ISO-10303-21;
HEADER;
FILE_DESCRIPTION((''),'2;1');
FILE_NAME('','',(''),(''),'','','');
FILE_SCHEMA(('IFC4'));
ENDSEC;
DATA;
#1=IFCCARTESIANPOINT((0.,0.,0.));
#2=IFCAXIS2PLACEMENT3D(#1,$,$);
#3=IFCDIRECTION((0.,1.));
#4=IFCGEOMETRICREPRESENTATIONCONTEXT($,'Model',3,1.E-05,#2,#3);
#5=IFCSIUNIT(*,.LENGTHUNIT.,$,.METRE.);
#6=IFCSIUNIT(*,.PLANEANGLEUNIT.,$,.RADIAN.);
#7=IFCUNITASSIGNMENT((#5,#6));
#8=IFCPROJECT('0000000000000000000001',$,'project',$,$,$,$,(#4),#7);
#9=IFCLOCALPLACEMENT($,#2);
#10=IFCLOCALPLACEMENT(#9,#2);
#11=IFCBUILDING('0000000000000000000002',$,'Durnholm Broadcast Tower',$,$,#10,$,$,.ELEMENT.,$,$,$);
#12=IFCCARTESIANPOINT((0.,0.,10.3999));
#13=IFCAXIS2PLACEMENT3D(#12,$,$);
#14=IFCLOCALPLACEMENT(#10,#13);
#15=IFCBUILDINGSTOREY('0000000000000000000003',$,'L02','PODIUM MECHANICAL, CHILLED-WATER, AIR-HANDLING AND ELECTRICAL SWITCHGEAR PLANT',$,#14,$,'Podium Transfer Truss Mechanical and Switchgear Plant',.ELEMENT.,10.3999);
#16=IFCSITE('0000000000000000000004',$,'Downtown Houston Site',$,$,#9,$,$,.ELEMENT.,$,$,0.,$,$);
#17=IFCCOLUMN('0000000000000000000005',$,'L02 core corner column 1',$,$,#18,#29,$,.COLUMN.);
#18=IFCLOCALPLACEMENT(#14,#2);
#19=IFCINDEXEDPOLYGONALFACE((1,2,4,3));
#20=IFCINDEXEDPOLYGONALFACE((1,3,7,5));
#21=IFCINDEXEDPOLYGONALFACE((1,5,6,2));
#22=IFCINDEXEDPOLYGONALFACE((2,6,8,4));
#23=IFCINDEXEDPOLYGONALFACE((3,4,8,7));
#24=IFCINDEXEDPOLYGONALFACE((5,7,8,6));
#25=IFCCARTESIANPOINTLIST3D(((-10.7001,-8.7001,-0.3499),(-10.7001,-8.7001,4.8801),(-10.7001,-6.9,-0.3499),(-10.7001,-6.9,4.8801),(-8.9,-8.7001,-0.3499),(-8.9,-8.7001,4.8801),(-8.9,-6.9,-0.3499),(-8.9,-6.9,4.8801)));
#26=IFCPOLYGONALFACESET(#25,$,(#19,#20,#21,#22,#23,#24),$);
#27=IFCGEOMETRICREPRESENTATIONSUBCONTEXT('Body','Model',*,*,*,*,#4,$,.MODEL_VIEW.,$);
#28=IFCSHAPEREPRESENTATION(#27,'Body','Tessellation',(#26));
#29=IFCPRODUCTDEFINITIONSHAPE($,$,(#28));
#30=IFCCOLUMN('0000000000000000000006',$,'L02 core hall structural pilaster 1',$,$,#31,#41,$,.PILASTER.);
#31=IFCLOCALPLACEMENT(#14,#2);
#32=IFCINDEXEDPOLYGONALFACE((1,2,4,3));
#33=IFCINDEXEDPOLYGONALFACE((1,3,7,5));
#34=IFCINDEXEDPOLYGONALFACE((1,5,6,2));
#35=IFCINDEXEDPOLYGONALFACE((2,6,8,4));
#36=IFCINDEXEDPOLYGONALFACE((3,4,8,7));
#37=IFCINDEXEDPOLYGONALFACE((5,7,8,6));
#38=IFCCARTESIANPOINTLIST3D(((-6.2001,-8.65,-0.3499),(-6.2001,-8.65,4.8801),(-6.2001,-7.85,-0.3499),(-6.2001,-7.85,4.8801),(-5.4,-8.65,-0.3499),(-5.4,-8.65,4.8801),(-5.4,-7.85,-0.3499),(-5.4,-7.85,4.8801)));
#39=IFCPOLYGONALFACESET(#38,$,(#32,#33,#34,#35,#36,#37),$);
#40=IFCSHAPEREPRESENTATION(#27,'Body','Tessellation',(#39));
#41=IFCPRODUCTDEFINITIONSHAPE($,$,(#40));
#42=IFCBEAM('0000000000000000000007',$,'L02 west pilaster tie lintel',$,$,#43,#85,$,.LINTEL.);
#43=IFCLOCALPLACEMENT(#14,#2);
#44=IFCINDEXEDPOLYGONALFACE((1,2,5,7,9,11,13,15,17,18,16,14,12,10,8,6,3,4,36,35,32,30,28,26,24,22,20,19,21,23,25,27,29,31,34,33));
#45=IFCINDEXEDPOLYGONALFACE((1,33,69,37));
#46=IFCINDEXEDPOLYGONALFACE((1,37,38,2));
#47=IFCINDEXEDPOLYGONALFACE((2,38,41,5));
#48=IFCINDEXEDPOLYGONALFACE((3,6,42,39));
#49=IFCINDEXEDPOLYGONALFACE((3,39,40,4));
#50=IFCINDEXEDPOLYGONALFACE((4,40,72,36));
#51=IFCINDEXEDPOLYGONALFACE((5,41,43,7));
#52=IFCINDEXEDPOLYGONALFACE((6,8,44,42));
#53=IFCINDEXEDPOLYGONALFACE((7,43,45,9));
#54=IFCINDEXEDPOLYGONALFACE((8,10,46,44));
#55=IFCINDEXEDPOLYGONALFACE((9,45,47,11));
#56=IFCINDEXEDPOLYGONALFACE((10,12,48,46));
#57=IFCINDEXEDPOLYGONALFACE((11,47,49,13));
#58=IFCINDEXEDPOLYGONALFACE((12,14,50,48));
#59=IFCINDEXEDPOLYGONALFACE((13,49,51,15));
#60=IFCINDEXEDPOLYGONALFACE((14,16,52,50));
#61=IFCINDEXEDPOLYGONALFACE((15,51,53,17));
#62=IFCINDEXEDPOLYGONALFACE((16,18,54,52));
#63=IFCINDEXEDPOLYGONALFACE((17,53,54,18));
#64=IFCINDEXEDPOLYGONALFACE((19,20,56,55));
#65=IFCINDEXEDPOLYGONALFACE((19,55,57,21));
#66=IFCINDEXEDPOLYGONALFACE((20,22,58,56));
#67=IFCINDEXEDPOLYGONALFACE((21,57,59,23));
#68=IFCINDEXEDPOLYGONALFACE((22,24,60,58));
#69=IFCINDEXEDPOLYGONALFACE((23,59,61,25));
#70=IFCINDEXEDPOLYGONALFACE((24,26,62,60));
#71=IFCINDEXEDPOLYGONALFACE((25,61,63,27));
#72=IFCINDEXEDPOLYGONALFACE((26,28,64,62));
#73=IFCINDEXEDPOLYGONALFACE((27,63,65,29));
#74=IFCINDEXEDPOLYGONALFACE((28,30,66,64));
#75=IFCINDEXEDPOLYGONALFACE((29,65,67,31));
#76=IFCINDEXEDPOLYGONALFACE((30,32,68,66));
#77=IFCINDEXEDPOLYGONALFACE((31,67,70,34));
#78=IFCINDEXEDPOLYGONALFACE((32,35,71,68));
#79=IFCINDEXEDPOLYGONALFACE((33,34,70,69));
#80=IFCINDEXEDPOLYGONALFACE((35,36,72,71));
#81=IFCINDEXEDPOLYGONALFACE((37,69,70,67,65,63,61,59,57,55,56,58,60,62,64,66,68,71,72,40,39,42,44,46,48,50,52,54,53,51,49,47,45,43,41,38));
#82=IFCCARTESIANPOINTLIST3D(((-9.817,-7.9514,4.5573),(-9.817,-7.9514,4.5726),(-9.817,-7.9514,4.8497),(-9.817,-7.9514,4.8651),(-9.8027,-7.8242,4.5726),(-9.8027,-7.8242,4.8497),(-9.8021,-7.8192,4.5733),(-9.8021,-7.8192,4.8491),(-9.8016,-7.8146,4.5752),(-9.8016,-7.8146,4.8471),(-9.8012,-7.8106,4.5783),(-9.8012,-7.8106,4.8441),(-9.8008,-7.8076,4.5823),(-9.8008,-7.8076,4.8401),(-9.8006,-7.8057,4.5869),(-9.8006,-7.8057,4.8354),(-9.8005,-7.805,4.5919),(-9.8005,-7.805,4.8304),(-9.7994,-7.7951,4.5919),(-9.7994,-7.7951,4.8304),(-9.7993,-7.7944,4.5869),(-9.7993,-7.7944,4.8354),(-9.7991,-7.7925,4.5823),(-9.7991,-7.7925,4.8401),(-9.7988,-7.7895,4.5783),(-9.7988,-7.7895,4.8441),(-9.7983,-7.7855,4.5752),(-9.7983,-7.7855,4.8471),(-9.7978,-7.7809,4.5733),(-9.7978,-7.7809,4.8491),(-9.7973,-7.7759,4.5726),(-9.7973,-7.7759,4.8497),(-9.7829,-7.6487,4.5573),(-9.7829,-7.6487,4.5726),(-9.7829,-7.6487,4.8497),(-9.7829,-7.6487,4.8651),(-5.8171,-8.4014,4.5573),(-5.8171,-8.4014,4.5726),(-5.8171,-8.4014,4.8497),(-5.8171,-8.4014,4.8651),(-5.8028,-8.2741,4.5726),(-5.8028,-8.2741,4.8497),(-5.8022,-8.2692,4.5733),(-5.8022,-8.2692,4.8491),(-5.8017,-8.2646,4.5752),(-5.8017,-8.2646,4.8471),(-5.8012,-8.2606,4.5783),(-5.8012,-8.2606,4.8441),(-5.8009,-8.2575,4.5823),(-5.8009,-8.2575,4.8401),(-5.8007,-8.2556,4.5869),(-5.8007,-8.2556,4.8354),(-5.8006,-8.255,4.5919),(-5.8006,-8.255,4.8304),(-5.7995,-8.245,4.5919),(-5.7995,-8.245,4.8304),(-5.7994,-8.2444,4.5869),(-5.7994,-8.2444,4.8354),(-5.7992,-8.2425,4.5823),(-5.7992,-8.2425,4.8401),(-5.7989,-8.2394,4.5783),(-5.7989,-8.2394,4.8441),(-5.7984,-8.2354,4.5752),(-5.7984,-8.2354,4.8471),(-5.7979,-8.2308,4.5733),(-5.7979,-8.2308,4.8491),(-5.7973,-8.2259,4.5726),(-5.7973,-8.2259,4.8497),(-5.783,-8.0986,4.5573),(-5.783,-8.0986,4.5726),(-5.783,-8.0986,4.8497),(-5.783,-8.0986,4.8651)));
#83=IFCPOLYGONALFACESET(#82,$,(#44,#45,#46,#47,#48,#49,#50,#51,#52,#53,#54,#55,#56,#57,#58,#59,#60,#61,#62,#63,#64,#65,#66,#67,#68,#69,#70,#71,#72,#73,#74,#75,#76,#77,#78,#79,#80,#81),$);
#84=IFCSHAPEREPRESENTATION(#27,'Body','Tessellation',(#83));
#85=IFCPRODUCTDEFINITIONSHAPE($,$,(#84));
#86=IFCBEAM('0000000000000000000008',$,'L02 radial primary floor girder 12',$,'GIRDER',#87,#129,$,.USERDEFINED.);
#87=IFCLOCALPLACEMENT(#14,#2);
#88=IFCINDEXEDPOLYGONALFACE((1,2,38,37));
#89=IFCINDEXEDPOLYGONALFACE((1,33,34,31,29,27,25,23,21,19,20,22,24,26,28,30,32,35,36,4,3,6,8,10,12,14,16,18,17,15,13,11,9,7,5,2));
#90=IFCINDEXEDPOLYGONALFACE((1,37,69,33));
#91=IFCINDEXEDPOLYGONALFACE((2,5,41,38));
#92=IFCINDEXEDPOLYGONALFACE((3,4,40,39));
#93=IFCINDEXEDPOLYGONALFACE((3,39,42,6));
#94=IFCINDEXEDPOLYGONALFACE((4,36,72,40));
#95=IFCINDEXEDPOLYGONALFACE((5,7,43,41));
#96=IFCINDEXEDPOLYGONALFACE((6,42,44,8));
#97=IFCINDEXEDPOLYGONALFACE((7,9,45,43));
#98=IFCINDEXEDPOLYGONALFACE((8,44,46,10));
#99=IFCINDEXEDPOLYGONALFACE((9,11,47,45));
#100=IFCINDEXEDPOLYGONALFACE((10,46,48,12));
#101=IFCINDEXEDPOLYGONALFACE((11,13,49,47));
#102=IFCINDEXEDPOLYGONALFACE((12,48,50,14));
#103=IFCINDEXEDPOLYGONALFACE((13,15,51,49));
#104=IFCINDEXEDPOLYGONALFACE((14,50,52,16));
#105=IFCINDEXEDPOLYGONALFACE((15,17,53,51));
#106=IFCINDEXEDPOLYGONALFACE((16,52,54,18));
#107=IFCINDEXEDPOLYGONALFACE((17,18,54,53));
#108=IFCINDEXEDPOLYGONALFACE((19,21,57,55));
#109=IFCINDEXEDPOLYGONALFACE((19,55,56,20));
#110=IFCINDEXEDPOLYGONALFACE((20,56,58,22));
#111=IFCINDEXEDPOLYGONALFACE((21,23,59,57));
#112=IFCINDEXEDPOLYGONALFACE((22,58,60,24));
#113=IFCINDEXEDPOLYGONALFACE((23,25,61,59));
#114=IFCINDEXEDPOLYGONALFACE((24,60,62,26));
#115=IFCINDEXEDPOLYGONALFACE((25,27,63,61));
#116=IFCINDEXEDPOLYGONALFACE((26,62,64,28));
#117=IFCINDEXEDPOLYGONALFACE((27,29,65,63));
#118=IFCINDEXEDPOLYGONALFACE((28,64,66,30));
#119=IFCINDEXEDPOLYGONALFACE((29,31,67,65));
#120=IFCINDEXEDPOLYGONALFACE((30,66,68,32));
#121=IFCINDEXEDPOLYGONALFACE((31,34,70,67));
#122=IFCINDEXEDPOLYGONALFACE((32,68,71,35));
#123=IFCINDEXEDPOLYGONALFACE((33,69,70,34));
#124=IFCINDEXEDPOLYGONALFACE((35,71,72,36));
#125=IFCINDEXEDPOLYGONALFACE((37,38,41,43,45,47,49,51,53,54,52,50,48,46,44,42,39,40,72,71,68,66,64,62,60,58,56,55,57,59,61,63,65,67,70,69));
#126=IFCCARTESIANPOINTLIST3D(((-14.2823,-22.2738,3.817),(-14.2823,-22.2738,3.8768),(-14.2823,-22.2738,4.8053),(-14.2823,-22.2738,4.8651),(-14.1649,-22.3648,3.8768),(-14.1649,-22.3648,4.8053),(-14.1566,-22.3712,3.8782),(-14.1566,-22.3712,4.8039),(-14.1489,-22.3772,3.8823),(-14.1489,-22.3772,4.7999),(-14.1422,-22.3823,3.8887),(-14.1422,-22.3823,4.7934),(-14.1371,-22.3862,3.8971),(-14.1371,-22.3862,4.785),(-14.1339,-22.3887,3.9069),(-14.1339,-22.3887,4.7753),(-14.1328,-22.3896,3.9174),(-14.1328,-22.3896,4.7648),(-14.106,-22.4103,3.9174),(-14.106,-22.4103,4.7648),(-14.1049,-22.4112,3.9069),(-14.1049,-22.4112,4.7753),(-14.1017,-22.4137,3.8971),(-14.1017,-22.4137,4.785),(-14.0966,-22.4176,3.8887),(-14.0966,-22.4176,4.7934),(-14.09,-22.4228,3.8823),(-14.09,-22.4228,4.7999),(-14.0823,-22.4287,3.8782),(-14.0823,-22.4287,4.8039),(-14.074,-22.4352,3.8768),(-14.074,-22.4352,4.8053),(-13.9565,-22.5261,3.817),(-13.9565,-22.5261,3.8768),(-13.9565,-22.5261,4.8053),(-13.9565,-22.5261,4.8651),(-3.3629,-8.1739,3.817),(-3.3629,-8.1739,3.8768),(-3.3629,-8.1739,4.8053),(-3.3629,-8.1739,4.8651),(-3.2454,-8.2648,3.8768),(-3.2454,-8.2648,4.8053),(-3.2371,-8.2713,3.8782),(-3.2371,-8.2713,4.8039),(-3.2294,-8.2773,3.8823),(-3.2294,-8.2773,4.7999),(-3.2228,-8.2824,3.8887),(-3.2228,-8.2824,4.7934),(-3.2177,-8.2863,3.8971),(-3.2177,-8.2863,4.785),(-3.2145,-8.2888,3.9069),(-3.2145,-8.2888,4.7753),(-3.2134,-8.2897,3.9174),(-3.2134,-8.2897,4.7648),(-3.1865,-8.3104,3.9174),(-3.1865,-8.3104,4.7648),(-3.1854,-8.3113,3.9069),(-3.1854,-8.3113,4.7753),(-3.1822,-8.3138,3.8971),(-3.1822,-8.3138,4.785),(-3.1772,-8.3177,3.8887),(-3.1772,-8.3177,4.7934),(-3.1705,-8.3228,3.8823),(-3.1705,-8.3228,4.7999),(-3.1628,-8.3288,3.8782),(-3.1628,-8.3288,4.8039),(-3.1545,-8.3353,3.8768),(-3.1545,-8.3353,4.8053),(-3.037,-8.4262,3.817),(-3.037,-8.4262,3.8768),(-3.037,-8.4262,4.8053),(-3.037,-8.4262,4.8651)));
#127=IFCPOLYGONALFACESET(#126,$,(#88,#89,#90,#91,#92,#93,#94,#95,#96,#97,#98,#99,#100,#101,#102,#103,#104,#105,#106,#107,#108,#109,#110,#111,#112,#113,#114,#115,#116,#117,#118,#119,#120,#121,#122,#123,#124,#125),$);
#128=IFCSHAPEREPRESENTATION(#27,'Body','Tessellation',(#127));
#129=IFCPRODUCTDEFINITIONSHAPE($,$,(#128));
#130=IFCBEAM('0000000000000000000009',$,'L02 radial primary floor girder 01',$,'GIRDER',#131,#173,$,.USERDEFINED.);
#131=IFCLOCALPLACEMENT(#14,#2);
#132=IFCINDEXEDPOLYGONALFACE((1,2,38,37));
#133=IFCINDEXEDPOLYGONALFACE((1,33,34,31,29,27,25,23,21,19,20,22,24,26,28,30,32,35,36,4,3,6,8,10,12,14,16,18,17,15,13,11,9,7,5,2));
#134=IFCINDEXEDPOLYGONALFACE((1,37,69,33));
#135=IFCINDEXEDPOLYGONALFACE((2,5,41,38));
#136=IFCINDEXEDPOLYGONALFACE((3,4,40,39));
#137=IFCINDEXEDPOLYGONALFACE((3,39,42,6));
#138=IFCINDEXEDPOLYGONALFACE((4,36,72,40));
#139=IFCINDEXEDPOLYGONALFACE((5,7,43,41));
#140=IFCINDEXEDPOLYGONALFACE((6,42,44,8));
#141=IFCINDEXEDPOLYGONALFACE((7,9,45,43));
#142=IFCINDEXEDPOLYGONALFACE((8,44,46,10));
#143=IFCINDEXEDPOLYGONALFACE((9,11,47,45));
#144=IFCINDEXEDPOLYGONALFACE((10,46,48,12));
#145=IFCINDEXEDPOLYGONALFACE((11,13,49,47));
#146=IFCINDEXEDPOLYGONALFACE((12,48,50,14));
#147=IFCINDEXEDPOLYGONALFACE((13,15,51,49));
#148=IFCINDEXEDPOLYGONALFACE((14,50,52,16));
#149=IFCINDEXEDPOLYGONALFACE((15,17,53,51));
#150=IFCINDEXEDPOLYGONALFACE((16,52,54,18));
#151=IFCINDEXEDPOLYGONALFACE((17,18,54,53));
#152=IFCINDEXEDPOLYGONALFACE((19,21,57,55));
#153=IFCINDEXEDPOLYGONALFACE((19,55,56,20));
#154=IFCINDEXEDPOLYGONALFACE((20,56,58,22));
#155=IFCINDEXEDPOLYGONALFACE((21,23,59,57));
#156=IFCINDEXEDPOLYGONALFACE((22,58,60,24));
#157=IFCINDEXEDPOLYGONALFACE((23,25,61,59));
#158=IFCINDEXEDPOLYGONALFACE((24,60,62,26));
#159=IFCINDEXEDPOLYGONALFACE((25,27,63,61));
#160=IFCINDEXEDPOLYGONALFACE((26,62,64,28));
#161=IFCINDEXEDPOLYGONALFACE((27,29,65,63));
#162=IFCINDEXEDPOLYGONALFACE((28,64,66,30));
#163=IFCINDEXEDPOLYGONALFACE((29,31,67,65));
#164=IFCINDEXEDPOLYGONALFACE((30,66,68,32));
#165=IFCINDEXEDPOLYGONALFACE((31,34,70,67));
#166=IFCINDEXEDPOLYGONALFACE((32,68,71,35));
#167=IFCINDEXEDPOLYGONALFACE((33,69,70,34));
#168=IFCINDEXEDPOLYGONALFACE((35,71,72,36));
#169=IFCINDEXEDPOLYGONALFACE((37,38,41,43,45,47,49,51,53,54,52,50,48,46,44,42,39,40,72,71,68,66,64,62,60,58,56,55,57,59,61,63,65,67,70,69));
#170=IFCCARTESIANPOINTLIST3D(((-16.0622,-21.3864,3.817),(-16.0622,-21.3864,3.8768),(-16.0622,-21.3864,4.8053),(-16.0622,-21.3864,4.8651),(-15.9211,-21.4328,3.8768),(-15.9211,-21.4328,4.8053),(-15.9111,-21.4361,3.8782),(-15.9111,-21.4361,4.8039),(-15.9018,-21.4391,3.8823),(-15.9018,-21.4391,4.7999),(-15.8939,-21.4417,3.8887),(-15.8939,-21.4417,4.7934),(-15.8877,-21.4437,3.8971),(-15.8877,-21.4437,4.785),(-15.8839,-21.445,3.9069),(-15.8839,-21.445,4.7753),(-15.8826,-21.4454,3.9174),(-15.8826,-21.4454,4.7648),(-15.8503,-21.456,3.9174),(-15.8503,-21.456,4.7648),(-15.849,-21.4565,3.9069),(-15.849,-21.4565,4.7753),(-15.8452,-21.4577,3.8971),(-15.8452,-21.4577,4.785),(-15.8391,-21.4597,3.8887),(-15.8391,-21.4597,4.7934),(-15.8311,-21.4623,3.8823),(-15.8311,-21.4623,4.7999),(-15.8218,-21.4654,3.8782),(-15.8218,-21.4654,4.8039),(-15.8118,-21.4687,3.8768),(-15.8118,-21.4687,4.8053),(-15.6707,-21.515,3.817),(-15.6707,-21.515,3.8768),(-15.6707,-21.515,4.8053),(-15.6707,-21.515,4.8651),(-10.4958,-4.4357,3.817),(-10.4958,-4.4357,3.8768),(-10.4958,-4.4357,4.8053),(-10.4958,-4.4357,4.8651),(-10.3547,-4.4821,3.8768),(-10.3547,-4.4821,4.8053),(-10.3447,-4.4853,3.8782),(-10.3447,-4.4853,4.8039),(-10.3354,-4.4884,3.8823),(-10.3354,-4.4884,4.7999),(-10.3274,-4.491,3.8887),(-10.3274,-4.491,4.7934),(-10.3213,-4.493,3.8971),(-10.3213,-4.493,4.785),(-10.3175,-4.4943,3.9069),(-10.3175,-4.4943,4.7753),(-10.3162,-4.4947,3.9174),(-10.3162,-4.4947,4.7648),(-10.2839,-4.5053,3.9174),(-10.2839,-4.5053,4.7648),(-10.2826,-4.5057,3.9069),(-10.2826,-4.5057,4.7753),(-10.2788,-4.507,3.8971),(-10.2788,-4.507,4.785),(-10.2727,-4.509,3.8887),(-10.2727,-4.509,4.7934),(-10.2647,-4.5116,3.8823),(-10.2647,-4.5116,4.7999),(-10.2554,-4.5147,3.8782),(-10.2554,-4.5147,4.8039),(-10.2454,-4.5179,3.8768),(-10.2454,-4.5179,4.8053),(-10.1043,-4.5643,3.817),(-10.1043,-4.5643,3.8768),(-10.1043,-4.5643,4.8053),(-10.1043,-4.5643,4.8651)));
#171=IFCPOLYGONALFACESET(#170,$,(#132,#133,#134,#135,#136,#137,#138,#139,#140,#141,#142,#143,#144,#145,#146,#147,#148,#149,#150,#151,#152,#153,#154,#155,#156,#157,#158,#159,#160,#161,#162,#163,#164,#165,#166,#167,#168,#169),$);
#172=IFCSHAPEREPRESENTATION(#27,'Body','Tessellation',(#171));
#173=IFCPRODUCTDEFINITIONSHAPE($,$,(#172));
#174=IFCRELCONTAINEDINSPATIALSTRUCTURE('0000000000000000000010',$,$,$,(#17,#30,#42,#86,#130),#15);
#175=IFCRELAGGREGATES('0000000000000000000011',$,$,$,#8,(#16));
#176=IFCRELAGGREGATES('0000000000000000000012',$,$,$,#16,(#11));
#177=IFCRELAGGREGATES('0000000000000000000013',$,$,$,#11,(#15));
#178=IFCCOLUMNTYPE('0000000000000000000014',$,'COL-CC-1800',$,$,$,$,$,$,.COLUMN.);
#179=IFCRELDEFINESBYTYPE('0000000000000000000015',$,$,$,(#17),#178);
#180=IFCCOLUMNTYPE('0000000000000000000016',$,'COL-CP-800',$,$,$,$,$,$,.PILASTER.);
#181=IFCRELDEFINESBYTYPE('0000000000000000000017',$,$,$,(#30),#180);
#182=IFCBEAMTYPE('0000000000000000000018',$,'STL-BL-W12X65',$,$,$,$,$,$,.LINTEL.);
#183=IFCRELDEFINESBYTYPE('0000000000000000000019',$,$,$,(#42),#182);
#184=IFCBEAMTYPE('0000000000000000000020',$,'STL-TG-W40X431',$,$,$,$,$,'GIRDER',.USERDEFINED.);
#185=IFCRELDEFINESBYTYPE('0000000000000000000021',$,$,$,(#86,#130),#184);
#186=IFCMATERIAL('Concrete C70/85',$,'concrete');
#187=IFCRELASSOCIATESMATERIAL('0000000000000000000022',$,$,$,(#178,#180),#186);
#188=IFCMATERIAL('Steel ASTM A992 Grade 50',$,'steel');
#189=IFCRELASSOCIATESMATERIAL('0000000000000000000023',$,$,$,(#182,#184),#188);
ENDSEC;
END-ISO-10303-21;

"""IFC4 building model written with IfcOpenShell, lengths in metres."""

from ifc_helpers import new_model, si_unit, direction, frame, origin, origin_2d, place, context, subcontext, project, spatial, rectangle, i_section, extrude, source, transform, mapped, material, material_profile, profile_set, type_object, type_shapes, element, save


model = new_model("IFC4")

# Units and contexts
model_context = context("Model", 3, precision=1e-05, world=origin(), true_north=direction((0.0, 1.0)))
body_context = subcontext(model_context, "Body", "Model", "MODEL_VIEW")
ifc_project = project(units=[si_unit("LENGTHUNIT", "METRE"), si_unit("PLANEANGLEUNIT", "RADIAN")], contexts=[model_context])

# Site, building, storey
site_placement = place(None, origin())
site = spatial("IfcSite", under=ifc_project, at=site_placement, Name="Downtown Houston Site", CompositionType="ELEMENT", RefElevation=0.0)
building_placement = place(site_placement, origin())
building = spatial("IfcBuilding", under=site, at=building_placement, Name="Durnholm Broadcast Tower", CompositionType="ELEMENT")
storey_placement = place(building_placement, frame((0.0, 0.0, 10.3999)))
storey = spatial("IfcBuildingStorey", under=building, at=storey_placement, Name="L02", Description="PODIUM MECHANICAL, CHILLED-WATER, AIR-HANDLING AND ELECTRICAL SWITCHGEAR PLANT", LongName="Podium Transfer Truss Mechanical and Switchgear Plant", CompositionType="ELEMENT", Elevation=10.3999)

# Columns
ifc_material_1 = material(Name="Concrete C70/85", Category="concrete")
ifc_material_profile_1 = material_profile(ifc_material_1, rectangle(XDim=1.8, YDim=1.8, at=origin_2d()), Name="RC1800X1800")
ifc_profile_set_1 = profile_set([ifc_material_profile_1], Name="Concrete C70/85")
column_type_1 = type_object("IfcColumnType", Name="COL-CC-1800", PredefinedType="COLUMN", material=ifc_profile_set_1)
shared_shape_1 = source(origin(), body_context, "Body", "SweptSolid", [
    extrude(rectangle(XDim=1.8, YDim=1.8, at=origin_2d()), origin(), (0.0, 0.0, 1.0), 5.23),
])
type_shapes(column_type_1, [shared_shape_1])
column_1_placement = place(storey_placement, frame((-9.8, -7.8, -0.3499), z_axis=(0.0, 0.0, 1.0), x_axis=(1.0, 0.0, 0.0)))
element("IfcColumn", 1, at=column_1_placement, inside=storey, type_object=column_type_1, Name="L02 core corner column 1", PredefinedType="COLUMN", context=body_context, shape_type="MappedRepresentation", body=[
    mapped(shared_shape_1, transform((0.0, 0.0, 0.0), x_axis=(1.0, 0.0, 0.0), y_axis=(0.0, 1.0, 0.0), z_axis=(0.0, 0.0, 1.0), scale=1.0)),
])
ifc_material_profile_2 = material_profile(ifc_material_1, rectangle(XDim=0.8, YDim=0.8, at=origin_2d()), Name="RC800X800")
ifc_profile_set_2 = profile_set([ifc_material_profile_2], Name="Concrete C70/85")
column_type_2 = type_object("IfcColumnType", Name="COL-CP-800", PredefinedType="PILASTER", material=ifc_profile_set_2)
shared_shape_2 = source(origin(), body_context, "Body", "SweptSolid", [
    extrude(rectangle(XDim=0.8, YDim=0.8, at=origin_2d()), origin(), (0.0, 0.0, 1.0), 5.23),
])
type_shapes(column_type_2, [shared_shape_2])
column_2_placement = place(storey_placement, frame((-5.8, -8.25, -0.3499), z_axis=(0.0, 0.0, 1.0), x_axis=(1.0, 0.0, 0.0)))
element("IfcColumn", 2, at=column_2_placement, inside=storey, type_object=column_type_2, Name="L02 core hall structural pilaster 1", PredefinedType="PILASTER", context=body_context, shape_type="MappedRepresentation", body=[
    mapped(shared_shape_2, transform((0.0, 0.0, 0.0), x_axis=(1.0, 0.0, 0.0), y_axis=(0.0, 1.0, 0.0), z_axis=(0.0, 0.0, 1.0), scale=1.0)),
])

# Beams
ifc_material_2 = material(Name="Steel ASTM A992 Grade 50", Category="steel")
ifc_material_profile_3 = material_profile(ifc_material_2, i_section(OverallWidth=0.3047, OverallDepth=0.3079, WebThickness=0.01, FlangeThickness=0.0154, FilletRadius=0.0193, at=origin_2d()), Name="W12X65")
ifc_profile_set_3 = profile_set([ifc_material_profile_3], Name="Steel ASTM A992 Grade 50")
beam_type_1 = type_object("IfcBeamType", Name="STL-BL-W12X65", PredefinedType="LINTEL", material=ifc_profile_set_3)
shared_shape_3 = source(origin(), body_context, "Body", "SweptSolid", [
    extrude(i_section(OverallWidth=0.3047, OverallDepth=0.3079, WebThickness=0.01, FlangeThickness=0.0154, FilletRadius=0.0193, at=origin_2d()), origin(), (0.0, 0.0, 1.0), 4.0251),
])
type_shapes(beam_type_1, [shared_shape_3])
beam_1_placement = place(storey_placement, frame((-5.8, -8.25, 4.7112), z_axis=(-0.993733, 0.111783, 0.0), x_axis=(-0.111783, -0.993733, 0.0)))
element("IfcBeam", 3, at=beam_1_placement, inside=storey, type_object=beam_type_1, Name="L02 west pilaster tie lintel", PredefinedType="LINTEL", context=body_context, shape_type="MappedRepresentation", body=[
    mapped(shared_shape_3, transform((0.0, 0.0, 0.0), x_axis=(1.0, 0.0, 0.0), y_axis=(0.0, 1.0, 0.0), z_axis=(0.0, 0.0, 1.0), scale=1.0)),
])
ifc_material_profile_4 = material_profile(ifc_material_2, i_section(OverallWidth=0.4121, OverallDepth=1.0481, WebThickness=0.0339, FlangeThickness=0.0598, FilletRadius=0.0405, at=origin_2d()), Name="W40X431")
ifc_profile_set_4 = profile_set([ifc_material_profile_4], Name="Steel ASTM A992 Grade 50")
beam_type_2 = type_object("IfcBeamType", Name="STL-TG-W40X431", ElementType="GIRDER", PredefinedType="USERDEFINED", material=ifc_profile_set_4)
shared_shape_4 = source(origin(), body_context, "Body", "SweptSolid", [
    extrude(i_section(OverallWidth=0.4121, OverallDepth=1.0481, WebThickness=0.0339, FlangeThickness=0.0598, FilletRadius=0.0405, at=origin_2d()), origin(), (0.0, 0.0, 1.0), 17.8337),
])
beam_2_placement = place(storey_placement, frame((-3.2, -8.3, 4.3411), z_axis=(-0.612293, -0.790631, 0.0), x_axis=(0.790631, -0.612293, 0.0)))
element("IfcBeam", 4, at=beam_2_placement, inside=storey, type_object=beam_type_2, Name="L02 radial primary floor girder 12", ObjectType="GIRDER", PredefinedType="USERDEFINED", context=body_context, shape_type="MappedRepresentation", body=[
    mapped(shared_shape_4, transform((0.0, 0.0, 0.0), x_axis=(1.0, 0.0, 0.0), y_axis=(0.0, 1.0, 0.0), z_axis=(0.0, 0.0, 1.0), scale=1.0)),
])
shared_shape_5 = source(origin(), body_context, "Body", "SweptSolid", [
    extrude(i_section(OverallWidth=0.4121, OverallDepth=1.0481, WebThickness=0.0339, FlangeThickness=0.0598, FilletRadius=0.0405, at=origin_2d()), origin(), (0.0, 0.0, 1.0), 17.8413),
])
type_shapes(beam_type_2, [shared_shape_4, shared_shape_5])
beam_3_placement = place(storey_placement, frame((-10.3, -4.5, 4.3411), z_axis=(-0.311996, -0.950083, 0.0), x_axis=(0.950083, -0.311996, 0.0)))
element("IfcBeam", 5, at=beam_3_placement, inside=storey, type_object=beam_type_2, Name="L02 radial primary floor girder 01", ObjectType="GIRDER", PredefinedType="USERDEFINED", context=body_context, shape_type="MappedRepresentation", body=[
    mapped(shared_shape_5, transform((0.0, 0.0, 0.0), x_axis=(1.0, 0.0, 0.0), y_axis=(0.0, 1.0, 0.0), z_axis=(0.0, 0.0, 1.0), scale=1.0)),
])

save(model, "model.ifc")
